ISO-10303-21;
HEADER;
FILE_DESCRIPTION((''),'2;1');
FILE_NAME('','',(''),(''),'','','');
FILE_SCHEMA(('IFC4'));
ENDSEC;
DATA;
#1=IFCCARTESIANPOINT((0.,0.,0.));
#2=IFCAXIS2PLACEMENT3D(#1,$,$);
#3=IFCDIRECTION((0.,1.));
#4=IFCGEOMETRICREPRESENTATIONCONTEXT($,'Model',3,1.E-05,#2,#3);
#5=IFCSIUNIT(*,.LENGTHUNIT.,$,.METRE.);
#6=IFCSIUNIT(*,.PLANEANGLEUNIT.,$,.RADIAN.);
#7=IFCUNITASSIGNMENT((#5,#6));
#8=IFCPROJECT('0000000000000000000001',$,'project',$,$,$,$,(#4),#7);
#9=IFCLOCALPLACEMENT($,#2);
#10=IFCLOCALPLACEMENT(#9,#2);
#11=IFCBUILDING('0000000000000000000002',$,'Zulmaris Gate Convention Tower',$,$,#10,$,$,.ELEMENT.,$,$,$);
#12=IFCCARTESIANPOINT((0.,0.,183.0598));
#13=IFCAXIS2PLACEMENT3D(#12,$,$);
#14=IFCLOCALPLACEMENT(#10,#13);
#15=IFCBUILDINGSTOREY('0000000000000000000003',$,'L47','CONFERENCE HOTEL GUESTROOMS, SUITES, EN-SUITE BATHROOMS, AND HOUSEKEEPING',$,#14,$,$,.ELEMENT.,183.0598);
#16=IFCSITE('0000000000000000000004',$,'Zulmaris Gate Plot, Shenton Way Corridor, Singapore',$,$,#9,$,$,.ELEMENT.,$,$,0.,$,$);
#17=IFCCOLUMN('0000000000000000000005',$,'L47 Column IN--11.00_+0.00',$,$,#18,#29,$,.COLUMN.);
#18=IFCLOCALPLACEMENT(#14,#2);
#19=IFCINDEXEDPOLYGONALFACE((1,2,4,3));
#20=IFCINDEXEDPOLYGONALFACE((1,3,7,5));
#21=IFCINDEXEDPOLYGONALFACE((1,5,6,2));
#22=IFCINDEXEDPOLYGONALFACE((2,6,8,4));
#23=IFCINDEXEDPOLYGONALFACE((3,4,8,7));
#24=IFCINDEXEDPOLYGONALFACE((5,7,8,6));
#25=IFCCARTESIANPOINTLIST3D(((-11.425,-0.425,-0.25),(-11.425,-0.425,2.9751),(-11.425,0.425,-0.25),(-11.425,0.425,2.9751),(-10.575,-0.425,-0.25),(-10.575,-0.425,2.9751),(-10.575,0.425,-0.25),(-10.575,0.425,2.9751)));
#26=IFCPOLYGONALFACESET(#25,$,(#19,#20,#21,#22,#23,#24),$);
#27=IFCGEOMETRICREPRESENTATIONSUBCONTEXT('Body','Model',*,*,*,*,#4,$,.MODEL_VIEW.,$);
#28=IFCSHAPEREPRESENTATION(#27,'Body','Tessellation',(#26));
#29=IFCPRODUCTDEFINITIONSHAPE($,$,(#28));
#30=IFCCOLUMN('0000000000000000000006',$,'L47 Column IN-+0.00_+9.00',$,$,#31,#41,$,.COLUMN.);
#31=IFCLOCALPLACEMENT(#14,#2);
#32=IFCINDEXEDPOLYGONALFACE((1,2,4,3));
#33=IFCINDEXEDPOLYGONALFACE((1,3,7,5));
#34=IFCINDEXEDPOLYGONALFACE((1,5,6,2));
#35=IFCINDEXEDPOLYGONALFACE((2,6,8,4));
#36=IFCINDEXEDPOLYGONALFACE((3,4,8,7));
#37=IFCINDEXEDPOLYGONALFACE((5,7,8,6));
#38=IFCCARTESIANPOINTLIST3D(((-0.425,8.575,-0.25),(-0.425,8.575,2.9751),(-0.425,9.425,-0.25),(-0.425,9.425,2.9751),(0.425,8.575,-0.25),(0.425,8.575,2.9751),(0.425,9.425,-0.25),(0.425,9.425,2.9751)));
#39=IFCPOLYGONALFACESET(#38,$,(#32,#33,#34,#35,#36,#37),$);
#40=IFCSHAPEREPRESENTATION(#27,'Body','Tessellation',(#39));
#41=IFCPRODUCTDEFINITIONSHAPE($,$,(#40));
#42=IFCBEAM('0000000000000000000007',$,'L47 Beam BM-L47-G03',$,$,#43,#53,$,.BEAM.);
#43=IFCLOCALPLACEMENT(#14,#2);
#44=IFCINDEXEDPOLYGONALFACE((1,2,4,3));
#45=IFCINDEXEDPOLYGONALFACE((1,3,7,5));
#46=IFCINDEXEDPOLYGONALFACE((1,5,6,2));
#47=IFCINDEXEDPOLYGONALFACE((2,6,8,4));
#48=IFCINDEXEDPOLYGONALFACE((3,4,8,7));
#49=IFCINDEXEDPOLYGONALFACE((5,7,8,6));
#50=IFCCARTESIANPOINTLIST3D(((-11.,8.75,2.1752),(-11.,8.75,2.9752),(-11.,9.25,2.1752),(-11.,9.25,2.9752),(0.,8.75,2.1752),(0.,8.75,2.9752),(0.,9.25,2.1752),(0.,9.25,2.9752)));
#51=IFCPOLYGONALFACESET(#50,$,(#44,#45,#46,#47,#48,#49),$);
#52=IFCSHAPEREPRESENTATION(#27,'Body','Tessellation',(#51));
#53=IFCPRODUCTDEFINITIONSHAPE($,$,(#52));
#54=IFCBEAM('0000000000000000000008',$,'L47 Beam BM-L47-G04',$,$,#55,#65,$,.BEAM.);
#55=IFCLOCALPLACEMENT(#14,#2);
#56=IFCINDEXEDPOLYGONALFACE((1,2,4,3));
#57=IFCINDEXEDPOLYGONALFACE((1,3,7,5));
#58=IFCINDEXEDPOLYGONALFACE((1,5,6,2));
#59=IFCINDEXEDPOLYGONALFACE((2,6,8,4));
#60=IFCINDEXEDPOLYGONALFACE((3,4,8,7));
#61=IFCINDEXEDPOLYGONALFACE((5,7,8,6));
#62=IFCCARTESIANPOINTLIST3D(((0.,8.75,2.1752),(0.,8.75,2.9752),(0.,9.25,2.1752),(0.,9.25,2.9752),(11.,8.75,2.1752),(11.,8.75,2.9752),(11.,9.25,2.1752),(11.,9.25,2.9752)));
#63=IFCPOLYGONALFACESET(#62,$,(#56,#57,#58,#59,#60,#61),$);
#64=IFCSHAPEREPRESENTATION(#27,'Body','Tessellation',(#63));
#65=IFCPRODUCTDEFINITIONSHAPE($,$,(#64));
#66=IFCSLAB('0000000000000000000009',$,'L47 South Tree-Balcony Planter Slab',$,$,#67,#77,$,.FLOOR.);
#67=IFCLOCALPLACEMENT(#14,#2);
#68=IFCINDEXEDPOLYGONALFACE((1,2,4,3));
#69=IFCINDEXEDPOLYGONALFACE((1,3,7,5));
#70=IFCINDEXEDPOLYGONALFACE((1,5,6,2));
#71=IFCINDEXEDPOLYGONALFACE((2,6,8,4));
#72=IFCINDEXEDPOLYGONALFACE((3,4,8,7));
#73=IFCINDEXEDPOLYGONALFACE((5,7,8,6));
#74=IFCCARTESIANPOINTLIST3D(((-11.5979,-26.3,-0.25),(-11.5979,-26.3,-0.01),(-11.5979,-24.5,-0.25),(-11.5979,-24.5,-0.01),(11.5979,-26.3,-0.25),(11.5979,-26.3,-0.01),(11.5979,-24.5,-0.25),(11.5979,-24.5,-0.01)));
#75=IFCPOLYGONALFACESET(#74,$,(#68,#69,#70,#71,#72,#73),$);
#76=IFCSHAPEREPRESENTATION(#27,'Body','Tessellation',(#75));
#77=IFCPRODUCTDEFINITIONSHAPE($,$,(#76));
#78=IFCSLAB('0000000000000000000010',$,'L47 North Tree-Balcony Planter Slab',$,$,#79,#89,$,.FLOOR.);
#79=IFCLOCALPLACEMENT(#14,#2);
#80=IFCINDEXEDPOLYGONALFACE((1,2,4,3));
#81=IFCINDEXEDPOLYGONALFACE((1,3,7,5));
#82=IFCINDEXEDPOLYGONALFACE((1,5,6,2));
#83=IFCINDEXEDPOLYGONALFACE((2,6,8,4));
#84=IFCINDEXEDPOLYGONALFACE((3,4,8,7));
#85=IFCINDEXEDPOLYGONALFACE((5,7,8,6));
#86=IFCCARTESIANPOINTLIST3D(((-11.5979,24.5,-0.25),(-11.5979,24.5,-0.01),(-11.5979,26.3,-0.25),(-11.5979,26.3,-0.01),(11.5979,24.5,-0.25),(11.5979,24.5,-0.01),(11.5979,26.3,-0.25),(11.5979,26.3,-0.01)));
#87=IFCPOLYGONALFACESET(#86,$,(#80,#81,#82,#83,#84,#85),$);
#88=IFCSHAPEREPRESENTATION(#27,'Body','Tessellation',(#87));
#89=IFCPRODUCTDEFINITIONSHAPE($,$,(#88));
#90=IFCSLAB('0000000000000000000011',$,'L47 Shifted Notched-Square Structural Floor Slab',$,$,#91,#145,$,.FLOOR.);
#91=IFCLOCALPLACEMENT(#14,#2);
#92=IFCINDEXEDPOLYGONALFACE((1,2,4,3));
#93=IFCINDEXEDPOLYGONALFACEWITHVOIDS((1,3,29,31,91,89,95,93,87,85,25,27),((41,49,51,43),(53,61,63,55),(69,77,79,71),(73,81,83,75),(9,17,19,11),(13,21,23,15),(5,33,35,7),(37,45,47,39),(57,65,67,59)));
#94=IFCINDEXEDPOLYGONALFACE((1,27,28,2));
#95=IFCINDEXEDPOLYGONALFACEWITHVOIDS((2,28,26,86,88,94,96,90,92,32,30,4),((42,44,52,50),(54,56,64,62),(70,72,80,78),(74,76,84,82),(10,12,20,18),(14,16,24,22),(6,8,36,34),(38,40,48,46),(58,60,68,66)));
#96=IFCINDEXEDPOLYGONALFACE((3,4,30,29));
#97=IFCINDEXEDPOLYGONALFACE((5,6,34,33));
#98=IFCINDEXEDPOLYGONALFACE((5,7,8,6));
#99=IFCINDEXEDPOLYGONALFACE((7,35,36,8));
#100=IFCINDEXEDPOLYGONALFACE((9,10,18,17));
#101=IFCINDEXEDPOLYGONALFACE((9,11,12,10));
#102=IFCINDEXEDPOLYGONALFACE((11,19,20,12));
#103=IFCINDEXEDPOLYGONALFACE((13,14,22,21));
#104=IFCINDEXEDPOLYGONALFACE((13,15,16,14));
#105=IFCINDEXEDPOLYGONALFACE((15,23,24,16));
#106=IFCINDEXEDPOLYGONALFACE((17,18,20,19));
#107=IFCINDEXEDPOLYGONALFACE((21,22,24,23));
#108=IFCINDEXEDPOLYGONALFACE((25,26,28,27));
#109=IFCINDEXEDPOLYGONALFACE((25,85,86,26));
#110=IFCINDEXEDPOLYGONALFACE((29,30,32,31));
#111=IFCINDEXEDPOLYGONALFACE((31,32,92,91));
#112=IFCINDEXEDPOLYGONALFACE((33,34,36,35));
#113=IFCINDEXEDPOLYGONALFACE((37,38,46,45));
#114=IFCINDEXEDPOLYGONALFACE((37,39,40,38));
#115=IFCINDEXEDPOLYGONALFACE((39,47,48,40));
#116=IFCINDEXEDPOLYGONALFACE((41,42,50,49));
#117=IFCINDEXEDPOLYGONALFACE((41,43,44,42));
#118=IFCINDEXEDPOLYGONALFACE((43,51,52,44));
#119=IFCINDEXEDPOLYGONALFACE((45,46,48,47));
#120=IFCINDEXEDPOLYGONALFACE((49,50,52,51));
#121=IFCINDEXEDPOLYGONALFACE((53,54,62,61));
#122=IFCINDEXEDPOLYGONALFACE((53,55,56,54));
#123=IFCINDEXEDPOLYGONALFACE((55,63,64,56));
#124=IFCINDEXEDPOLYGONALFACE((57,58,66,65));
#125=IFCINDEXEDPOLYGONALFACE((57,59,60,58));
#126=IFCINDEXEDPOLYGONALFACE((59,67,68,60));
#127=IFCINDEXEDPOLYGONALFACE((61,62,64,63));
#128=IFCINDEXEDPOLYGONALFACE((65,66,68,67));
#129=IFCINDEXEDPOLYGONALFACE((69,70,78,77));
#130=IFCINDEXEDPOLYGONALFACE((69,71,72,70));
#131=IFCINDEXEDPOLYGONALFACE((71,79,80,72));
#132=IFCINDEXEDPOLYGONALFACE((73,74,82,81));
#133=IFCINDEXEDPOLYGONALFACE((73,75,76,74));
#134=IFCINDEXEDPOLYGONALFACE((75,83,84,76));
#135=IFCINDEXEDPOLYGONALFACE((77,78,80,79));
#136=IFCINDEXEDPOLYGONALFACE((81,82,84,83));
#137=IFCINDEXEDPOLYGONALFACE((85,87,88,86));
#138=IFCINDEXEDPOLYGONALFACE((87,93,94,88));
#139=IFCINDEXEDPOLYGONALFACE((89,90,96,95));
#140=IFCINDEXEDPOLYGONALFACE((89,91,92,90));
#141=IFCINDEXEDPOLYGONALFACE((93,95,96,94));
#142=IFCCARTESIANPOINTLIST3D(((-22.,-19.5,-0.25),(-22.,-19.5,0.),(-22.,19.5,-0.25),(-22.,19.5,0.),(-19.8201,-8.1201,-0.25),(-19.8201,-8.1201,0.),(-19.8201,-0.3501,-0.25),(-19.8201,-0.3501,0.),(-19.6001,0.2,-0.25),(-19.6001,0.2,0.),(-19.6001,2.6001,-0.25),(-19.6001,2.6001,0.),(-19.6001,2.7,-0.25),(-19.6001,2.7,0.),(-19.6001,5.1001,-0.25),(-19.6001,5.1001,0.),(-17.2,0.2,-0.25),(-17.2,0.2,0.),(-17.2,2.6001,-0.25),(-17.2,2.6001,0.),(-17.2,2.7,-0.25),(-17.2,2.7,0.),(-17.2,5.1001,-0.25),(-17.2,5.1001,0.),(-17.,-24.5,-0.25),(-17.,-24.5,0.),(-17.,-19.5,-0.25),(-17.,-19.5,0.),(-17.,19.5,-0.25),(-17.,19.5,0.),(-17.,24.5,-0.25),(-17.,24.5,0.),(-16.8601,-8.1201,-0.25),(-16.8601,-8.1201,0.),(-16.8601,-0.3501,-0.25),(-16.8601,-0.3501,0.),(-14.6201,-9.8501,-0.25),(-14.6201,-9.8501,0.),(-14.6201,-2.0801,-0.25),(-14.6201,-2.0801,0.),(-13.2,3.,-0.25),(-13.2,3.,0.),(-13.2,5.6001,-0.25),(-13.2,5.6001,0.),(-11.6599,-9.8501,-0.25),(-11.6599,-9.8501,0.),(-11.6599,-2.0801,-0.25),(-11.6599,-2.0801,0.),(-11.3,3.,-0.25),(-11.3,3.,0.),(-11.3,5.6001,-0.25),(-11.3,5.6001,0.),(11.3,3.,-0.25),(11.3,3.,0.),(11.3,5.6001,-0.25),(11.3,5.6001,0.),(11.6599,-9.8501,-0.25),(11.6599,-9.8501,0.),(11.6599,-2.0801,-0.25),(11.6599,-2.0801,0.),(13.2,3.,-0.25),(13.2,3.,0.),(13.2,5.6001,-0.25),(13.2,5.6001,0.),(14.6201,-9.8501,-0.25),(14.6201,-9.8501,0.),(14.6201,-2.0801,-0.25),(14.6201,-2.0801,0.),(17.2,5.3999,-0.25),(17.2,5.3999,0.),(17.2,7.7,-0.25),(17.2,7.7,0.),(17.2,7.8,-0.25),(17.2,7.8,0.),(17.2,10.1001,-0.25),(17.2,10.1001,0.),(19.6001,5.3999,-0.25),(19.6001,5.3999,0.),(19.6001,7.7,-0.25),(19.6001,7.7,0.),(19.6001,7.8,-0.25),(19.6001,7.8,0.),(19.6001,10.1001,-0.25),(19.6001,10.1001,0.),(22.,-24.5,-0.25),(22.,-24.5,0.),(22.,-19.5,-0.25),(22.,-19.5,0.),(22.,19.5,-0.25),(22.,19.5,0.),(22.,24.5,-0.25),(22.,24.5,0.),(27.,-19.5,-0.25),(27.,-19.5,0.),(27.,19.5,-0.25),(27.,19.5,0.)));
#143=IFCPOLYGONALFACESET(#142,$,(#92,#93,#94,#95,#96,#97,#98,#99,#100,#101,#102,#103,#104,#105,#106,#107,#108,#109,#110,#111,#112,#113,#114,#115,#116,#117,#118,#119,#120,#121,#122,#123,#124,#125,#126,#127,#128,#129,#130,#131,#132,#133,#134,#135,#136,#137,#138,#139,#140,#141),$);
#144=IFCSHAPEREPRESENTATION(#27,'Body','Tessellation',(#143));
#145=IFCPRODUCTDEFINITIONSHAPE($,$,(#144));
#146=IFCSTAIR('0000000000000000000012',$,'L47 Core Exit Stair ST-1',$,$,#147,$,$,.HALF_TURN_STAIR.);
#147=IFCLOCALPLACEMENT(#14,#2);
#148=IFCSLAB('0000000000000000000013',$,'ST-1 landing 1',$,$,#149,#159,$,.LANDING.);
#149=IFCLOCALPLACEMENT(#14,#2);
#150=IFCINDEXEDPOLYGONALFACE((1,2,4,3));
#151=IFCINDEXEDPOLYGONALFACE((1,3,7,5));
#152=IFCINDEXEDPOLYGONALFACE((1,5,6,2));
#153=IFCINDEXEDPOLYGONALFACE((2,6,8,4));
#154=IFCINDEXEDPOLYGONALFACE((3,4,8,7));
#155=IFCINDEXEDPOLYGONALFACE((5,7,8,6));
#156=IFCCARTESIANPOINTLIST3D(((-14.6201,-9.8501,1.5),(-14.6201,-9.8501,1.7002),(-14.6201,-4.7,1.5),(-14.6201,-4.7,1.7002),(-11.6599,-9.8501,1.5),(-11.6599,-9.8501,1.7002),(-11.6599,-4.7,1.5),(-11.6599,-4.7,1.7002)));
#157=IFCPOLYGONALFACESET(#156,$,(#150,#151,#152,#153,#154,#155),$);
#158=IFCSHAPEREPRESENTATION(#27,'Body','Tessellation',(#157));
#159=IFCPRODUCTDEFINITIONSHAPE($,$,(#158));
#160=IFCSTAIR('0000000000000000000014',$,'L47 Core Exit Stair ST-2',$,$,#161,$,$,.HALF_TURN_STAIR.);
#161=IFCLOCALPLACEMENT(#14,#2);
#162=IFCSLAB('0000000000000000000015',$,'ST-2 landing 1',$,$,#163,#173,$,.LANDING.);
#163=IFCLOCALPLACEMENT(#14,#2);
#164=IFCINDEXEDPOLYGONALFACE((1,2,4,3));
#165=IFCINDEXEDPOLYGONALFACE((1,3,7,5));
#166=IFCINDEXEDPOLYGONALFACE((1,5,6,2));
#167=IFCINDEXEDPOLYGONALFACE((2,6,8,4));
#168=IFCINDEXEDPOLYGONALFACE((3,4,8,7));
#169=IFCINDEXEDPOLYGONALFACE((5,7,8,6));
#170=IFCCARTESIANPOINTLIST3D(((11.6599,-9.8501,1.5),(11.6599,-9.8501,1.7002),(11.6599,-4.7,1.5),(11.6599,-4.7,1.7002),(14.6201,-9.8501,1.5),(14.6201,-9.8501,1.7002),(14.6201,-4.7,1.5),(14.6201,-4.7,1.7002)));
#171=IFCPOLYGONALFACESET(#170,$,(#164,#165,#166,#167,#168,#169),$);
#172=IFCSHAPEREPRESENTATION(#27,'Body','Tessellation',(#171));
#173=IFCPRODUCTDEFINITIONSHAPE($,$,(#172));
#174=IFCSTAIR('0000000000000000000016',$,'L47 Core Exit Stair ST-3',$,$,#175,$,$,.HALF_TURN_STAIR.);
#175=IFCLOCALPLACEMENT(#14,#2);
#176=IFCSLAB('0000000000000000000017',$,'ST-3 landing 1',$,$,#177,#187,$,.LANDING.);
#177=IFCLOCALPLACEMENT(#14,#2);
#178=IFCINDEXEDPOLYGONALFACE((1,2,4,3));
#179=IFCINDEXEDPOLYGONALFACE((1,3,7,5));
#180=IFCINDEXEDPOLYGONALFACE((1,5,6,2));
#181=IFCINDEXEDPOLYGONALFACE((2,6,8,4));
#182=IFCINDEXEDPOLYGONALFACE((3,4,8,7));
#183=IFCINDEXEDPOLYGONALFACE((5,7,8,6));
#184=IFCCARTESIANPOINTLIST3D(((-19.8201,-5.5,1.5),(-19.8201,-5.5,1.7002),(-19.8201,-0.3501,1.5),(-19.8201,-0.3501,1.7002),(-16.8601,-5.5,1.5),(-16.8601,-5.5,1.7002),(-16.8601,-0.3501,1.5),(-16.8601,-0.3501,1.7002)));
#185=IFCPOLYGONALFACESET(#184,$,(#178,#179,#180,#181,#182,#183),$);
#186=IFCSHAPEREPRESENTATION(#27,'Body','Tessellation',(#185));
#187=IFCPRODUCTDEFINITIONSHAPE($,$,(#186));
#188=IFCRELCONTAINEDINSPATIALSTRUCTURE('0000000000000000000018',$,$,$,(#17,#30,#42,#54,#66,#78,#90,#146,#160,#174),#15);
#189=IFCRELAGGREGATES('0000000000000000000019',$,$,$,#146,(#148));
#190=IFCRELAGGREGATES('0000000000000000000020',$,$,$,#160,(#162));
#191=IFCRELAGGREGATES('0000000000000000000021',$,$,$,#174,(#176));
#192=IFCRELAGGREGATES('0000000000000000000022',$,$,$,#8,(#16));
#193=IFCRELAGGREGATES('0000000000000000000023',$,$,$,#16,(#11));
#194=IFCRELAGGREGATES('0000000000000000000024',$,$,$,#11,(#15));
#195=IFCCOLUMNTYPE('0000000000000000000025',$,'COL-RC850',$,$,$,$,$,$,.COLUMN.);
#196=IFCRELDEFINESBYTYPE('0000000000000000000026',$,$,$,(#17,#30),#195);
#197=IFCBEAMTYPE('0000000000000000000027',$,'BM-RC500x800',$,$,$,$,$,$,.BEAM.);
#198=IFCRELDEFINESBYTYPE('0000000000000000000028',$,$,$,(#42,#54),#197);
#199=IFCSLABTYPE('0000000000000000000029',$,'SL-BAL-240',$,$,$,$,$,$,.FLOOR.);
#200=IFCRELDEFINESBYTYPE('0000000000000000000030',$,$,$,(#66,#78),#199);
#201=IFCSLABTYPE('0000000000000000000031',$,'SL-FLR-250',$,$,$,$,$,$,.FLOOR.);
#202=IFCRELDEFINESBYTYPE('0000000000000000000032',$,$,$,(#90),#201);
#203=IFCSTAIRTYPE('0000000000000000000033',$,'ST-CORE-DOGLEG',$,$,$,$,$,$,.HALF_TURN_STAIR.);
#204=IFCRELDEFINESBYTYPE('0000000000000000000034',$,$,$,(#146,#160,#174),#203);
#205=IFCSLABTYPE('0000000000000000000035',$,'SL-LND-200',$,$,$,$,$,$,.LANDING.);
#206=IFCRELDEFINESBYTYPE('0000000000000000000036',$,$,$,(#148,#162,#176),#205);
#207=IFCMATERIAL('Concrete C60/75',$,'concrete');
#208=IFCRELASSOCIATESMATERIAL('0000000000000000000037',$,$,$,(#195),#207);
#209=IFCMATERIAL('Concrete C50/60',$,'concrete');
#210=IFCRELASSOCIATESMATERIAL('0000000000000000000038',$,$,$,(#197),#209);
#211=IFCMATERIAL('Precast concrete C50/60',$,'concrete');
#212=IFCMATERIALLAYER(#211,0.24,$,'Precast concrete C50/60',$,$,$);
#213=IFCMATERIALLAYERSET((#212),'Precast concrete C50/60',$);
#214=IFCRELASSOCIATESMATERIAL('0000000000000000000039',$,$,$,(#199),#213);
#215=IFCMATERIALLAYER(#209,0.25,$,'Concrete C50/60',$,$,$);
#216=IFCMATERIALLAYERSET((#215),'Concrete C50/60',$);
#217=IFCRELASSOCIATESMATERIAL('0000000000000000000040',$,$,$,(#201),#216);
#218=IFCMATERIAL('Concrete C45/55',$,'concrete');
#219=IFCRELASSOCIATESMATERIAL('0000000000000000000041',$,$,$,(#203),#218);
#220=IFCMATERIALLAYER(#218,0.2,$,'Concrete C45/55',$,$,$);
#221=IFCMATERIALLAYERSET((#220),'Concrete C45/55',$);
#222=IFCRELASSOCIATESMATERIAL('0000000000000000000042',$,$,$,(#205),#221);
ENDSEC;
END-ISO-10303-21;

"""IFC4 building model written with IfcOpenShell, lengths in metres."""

from ifc_helpers import new_model, si_unit, direction, frame, origin, origin_2d, place, context, subcontext, project, spatial, polyline, rectangle, outline, extrude, material, layer, layer_set, material_profile, profile_set, type_object, element, aggregate, save


model = new_model("IFC4")

# Units and contexts
model_context = context("Model", 3, precision=1e-05, world=origin(), true_north=direction((0.0, 1.0)))
body_context = subcontext(model_context, "Body", "Model", "MODEL_VIEW")
ifc_project = project(units=[si_unit("LENGTHUNIT", "METRE"), si_unit("PLANEANGLEUNIT", "RADIAN")], contexts=[model_context])

# Site, building, storey
site_placement = place(None, origin())
site = spatial("IfcSite", under=ifc_project, at=site_placement, Name="Zulmaris Gate Plot, Shenton Way Corridor, Singapore", CompositionType="ELEMENT", RefElevation=0.0)
building_placement = place(site_placement, origin())
building = spatial("IfcBuilding", under=site, at=building_placement, Name="Zulmaris Gate Convention Tower", CompositionType="ELEMENT")
storey_placement = place(building_placement, frame((0.0, 0.0, 183.0598)))
storey = spatial("IfcBuildingStorey", under=building, at=storey_placement, Name="L47", Description="CONFERENCE HOTEL GUESTROOMS, SUITES, EN-SUITE BATHROOMS, AND HOUSEKEEPING", CompositionType="ELEMENT", Elevation=183.0598)

# Columns
ifc_material_1 = material(Name="Concrete C60/75", Category="concrete")
ifc_material_profile_1 = material_profile(ifc_material_1, rectangle(XDim=0.8501, YDim=0.8501, at=origin_2d()), Name="RC COL 850x850")
ifc_profile_set_1 = profile_set([ifc_material_profile_1], Name="Concrete C60/75")
column_type = type_object("IfcColumnType", Name="COL-RC850", PredefinedType="COLUMN", material=ifc_profile_set_1)
for number, where, z_axis, x_axis, name in (
    (1, (-11.0, 0.0, -0.25), (0.0, 0.0, 1.0), (1.0, 0.0, 0.0), "L47 Column IN--11.00_+0.00"),
    (2, (0.0, 9.0, -0.25), (0.0, 0.0, 1.0), (1.0, 0.0, 0.0), "L47 Column IN-+0.00_+9.00"),
):
    element("IfcColumn", number, at=place(storey_placement, frame(where, z_axis=z_axis, x_axis=x_axis)), inside=storey, type_object=column_type, Name=name, PredefinedType="COLUMN", context=body_context, shape_type="SweptSolid", body=[
        extrude(rectangle(XDim=0.8501, YDim=0.8501, at=origin_2d()), origin(), (0.0, 0.0, 1.0), 3.2251),
    ])

# Beams
ifc_material_2 = material(Name="Concrete C50/60", Category="concrete")
ifc_material_profile_2 = material_profile(ifc_material_2, rectangle(XDim=0.5, YDim=0.8, at=origin_2d()), Name="RC BEAM 500x800")
ifc_profile_set_2 = profile_set([ifc_material_profile_2], Name="Concrete C50/60")
beam_type = type_object("IfcBeamType", Name="BM-RC500x800", PredefinedType="BEAM", material=ifc_profile_set_2)
for number, where, z_axis, x_axis, name in (
    (3, (-11.0, 9.0, 2.5752), (1.0, 0.0, 0.0), (0.0, 1.0, 0.0), "L47 Beam BM-L47-G03"),
    (4, (0.0, 9.0, 2.5752), (1.0, 0.0, 0.0), (0.0, 1.0, 0.0), "L47 Beam BM-L47-G04"),
):
    element("IfcBeam", number, at=place(storey_placement, frame(where, z_axis=z_axis, x_axis=x_axis)), inside=storey, type_object=beam_type, Name=name, PredefinedType="BEAM", context=body_context, shape_type="SweptSolid", body=[
        extrude(rectangle(XDim=0.5, YDim=0.8, at=origin_2d()), origin(), (0.0, 0.0, 1.0), 11.0),
    ])

# Slabs
ifc_material_3 = material(Name="Precast concrete C50/60", Category="concrete")
ifc_layer_1 = layer(ifc_material_3, 0.24, Name="Precast concrete C50/60")
ifc_layer_set_1 = layer_set([ifc_layer_1], Name="Precast concrete C50/60")
slab_type_1 = type_object("IfcSlabType", Name="SL-BAL-240", PredefinedType="FLOOR", material=ifc_layer_set_1)
slab_1_placement = place(storey_placement, frame((0.0, 0.0, -0.25)))
element("IfcSlab", 5, at=slab_1_placement, inside=storey, type_object=slab_type_1, Name="L47 South Tree-Balcony Planter Slab", PredefinedType="FLOOR", context=body_context, shape_type="SweptSolid", body=[
    extrude(outline(polyline([(-11.5979, -26.3), (-11.5979, -24.5), (11.5979, -24.5), (11.5979, -26.3), (-11.5979, -26.3)])), origin(), (0.0, 0.0, 1.0), 0.24),
])
slab_2_placement = place(storey_placement, frame((0.0, 0.0, -0.25)))
element("IfcSlab", 6, at=slab_2_placement, inside=storey, type_object=slab_type_1, Name="L47 North Tree-Balcony Planter Slab", PredefinedType="FLOOR", context=body_context, shape_type="SweptSolid", body=[
    extrude(outline(polyline([(11.5979, 26.3), (11.5979, 24.5), (-11.5979, 24.5), (-11.5979, 26.3), (11.5979, 26.3)])), origin(), (0.0, 0.0, 1.0), 0.24),
])
ifc_layer_2 = layer(ifc_material_2, 0.25, Name="Concrete C50/60")
ifc_layer_set_2 = layer_set([ifc_layer_2], Name="Concrete C50/60")
slab_type_2 = type_object("IfcSlabType", Name="SL-FLR-250", PredefinedType="FLOOR", material=ifc_layer_set_2)
slab_3_placement = place(storey_placement, frame((0.0, 0.0, -0.25)))
element("IfcSlab", 7, at=slab_3_placement, inside=storey, type_object=slab_type_2, Name="L47 Shifted Notched-Square Structural Floor Slab", PredefinedType="FLOOR", context=body_context, shape_type="SweptSolid", body=[
    extrude(outline(polyline([(-17.0, -24.5), (22.0, -24.5), (22.0, -19.5), (27.0, -19.5), (27.0, 19.5), (22.0, 19.5), (22.0, 24.5), (-17.0, 24.5), (-17.0, 19.5), (-22.0, 19.5), (-22.0, -19.5), (-17.0, -19.5), (-17.0, -24.5)]), holes=[polyline([(-14.6201, -2.0801), (-14.6201, -9.8501), (-11.6599, -9.8501), (-11.6599, -2.0801), (-14.6201, -2.0801)]), polyline([(11.6599, -2.0801), (11.6599, -9.8501), (14.6201, -9.8501), (14.6201, -2.0801), (11.6599, -2.0801)]), polyline([(-16.8601, -8.1201), (-16.8601, -0.3501), (-19.8201, -0.3501), (-19.8201, -8.1201), (-16.8601, -8.1201)]), polyline([(-13.2, 3.0), (-11.3, 3.0), (-11.3, 5.6001), (-13.2, 5.6001), (-13.2, 3.0)]), polyline([(11.3, 3.0), (13.2, 3.0), (13.2, 5.6001), (11.3, 5.6001), (11.3, 3.0)]), polyline([(17.2, 5.3999), (19.6001, 5.3999), (19.6001, 7.7), (17.2, 7.7), (17.2, 5.3999)]), polyline([(17.2, 7.8), (19.6001, 7.8), (19.6001, 10.1001), (17.2, 10.1001), (17.2, 7.8)]), polyline([(-19.6001, 0.2), (-17.2, 0.2), (-17.2, 2.6001), (-19.6001, 2.6001), (-19.6001, 0.2)]), polyline([(-19.6001, 2.7), (-17.2, 2.7), (-17.2, 5.1001), (-19.6001, 5.1001), (-19.6001, 2.7)])]), origin(), (0.0, 0.0, 1.0), 0.25),
])

# Stairs, slabs
ifc_material_4 = material(Name="Concrete C45/55", Category="concrete")
stair_type = type_object("IfcStairType", Name="ST-CORE-DOGLEG", PredefinedType="HALF_TURN_STAIR", material=ifc_material_4)
stair_1_placement = place(storey_placement, origin())
stair_1 = element("IfcStair", 8, at=stair_1_placement, inside=storey, type_object=stair_type, Name="L47 Core Exit Stair ST-1", PredefinedType="HALF_TURN_STAIR")
ifc_layer_3 = layer(ifc_material_4, 0.2, Name="Concrete C45/55")
ifc_layer_set_3 = layer_set([ifc_layer_3], Name="Concrete C45/55")
slab_type_3 = type_object("IfcSlabType", Name="SL-LND-200", PredefinedType="LANDING", material=ifc_layer_set_3)
slab_4_placement = place(storey_placement, frame((0.0, 0.0, 1.5)))
slab_4 = element("IfcSlab", 9, at=slab_4_placement, type_object=slab_type_3, Name="ST-1 landing 1", PredefinedType="LANDING", context=body_context, shape_type="SweptSolid", body=[
    extrude(outline(polyline([(-14.6201, -4.7), (-14.6201, -9.8501), (-11.6599, -9.8501), (-11.6599, -4.7), (-14.6201, -4.7)])), origin(), (0.0, 0.0, 1.0), 0.2002),
])
aggregate(stair_1, [slab_4])
stair_2_placement = place(storey_placement, origin())
stair_2 = element("IfcStair", 10, at=stair_2_placement, inside=storey, type_object=stair_type, Name="L47 Core Exit Stair ST-2", PredefinedType="HALF_TURN_STAIR")
slab_5_placement = place(storey_placement, frame((0.0, 0.0, 1.5)))
slab_5 = element("IfcSlab", 11, at=slab_5_placement, type_object=slab_type_3, Name="ST-2 landing 1", PredefinedType="LANDING", context=body_context, shape_type="SweptSolid", body=[
    extrude(outline(polyline([(11.6599, -4.7), (11.6599, -9.8501), (14.6201, -9.8501), (14.6201, -4.7), (11.6599, -4.7)])), origin(), (0.0, 0.0, 1.0), 0.2002),
])
aggregate(stair_2, [slab_5])
stair_3_placement = place(storey_placement, origin())
stair_3 = element("IfcStair", 12, at=stair_3_placement, inside=storey, type_object=stair_type, Name="L47 Core Exit Stair ST-3", PredefinedType="HALF_TURN_STAIR")
slab_6_placement = place(storey_placement, frame((0.0, 0.0, 1.5)))
slab_6 = element("IfcSlab", 13, at=slab_6_placement, type_object=slab_type_3, Name="ST-3 landing 1", PredefinedType="LANDING", context=body_context, shape_type="SweptSolid", body=[
    extrude(outline(polyline([(-16.8601, -5.5), (-16.8601, -0.3501), (-19.8201, -0.3501), (-19.8201, -5.5), (-16.8601, -5.5)])), origin(), (0.0, 0.0, 1.0), 0.2002),
])
aggregate(stair_3, [slab_6])

save(model, "model.ifc")
